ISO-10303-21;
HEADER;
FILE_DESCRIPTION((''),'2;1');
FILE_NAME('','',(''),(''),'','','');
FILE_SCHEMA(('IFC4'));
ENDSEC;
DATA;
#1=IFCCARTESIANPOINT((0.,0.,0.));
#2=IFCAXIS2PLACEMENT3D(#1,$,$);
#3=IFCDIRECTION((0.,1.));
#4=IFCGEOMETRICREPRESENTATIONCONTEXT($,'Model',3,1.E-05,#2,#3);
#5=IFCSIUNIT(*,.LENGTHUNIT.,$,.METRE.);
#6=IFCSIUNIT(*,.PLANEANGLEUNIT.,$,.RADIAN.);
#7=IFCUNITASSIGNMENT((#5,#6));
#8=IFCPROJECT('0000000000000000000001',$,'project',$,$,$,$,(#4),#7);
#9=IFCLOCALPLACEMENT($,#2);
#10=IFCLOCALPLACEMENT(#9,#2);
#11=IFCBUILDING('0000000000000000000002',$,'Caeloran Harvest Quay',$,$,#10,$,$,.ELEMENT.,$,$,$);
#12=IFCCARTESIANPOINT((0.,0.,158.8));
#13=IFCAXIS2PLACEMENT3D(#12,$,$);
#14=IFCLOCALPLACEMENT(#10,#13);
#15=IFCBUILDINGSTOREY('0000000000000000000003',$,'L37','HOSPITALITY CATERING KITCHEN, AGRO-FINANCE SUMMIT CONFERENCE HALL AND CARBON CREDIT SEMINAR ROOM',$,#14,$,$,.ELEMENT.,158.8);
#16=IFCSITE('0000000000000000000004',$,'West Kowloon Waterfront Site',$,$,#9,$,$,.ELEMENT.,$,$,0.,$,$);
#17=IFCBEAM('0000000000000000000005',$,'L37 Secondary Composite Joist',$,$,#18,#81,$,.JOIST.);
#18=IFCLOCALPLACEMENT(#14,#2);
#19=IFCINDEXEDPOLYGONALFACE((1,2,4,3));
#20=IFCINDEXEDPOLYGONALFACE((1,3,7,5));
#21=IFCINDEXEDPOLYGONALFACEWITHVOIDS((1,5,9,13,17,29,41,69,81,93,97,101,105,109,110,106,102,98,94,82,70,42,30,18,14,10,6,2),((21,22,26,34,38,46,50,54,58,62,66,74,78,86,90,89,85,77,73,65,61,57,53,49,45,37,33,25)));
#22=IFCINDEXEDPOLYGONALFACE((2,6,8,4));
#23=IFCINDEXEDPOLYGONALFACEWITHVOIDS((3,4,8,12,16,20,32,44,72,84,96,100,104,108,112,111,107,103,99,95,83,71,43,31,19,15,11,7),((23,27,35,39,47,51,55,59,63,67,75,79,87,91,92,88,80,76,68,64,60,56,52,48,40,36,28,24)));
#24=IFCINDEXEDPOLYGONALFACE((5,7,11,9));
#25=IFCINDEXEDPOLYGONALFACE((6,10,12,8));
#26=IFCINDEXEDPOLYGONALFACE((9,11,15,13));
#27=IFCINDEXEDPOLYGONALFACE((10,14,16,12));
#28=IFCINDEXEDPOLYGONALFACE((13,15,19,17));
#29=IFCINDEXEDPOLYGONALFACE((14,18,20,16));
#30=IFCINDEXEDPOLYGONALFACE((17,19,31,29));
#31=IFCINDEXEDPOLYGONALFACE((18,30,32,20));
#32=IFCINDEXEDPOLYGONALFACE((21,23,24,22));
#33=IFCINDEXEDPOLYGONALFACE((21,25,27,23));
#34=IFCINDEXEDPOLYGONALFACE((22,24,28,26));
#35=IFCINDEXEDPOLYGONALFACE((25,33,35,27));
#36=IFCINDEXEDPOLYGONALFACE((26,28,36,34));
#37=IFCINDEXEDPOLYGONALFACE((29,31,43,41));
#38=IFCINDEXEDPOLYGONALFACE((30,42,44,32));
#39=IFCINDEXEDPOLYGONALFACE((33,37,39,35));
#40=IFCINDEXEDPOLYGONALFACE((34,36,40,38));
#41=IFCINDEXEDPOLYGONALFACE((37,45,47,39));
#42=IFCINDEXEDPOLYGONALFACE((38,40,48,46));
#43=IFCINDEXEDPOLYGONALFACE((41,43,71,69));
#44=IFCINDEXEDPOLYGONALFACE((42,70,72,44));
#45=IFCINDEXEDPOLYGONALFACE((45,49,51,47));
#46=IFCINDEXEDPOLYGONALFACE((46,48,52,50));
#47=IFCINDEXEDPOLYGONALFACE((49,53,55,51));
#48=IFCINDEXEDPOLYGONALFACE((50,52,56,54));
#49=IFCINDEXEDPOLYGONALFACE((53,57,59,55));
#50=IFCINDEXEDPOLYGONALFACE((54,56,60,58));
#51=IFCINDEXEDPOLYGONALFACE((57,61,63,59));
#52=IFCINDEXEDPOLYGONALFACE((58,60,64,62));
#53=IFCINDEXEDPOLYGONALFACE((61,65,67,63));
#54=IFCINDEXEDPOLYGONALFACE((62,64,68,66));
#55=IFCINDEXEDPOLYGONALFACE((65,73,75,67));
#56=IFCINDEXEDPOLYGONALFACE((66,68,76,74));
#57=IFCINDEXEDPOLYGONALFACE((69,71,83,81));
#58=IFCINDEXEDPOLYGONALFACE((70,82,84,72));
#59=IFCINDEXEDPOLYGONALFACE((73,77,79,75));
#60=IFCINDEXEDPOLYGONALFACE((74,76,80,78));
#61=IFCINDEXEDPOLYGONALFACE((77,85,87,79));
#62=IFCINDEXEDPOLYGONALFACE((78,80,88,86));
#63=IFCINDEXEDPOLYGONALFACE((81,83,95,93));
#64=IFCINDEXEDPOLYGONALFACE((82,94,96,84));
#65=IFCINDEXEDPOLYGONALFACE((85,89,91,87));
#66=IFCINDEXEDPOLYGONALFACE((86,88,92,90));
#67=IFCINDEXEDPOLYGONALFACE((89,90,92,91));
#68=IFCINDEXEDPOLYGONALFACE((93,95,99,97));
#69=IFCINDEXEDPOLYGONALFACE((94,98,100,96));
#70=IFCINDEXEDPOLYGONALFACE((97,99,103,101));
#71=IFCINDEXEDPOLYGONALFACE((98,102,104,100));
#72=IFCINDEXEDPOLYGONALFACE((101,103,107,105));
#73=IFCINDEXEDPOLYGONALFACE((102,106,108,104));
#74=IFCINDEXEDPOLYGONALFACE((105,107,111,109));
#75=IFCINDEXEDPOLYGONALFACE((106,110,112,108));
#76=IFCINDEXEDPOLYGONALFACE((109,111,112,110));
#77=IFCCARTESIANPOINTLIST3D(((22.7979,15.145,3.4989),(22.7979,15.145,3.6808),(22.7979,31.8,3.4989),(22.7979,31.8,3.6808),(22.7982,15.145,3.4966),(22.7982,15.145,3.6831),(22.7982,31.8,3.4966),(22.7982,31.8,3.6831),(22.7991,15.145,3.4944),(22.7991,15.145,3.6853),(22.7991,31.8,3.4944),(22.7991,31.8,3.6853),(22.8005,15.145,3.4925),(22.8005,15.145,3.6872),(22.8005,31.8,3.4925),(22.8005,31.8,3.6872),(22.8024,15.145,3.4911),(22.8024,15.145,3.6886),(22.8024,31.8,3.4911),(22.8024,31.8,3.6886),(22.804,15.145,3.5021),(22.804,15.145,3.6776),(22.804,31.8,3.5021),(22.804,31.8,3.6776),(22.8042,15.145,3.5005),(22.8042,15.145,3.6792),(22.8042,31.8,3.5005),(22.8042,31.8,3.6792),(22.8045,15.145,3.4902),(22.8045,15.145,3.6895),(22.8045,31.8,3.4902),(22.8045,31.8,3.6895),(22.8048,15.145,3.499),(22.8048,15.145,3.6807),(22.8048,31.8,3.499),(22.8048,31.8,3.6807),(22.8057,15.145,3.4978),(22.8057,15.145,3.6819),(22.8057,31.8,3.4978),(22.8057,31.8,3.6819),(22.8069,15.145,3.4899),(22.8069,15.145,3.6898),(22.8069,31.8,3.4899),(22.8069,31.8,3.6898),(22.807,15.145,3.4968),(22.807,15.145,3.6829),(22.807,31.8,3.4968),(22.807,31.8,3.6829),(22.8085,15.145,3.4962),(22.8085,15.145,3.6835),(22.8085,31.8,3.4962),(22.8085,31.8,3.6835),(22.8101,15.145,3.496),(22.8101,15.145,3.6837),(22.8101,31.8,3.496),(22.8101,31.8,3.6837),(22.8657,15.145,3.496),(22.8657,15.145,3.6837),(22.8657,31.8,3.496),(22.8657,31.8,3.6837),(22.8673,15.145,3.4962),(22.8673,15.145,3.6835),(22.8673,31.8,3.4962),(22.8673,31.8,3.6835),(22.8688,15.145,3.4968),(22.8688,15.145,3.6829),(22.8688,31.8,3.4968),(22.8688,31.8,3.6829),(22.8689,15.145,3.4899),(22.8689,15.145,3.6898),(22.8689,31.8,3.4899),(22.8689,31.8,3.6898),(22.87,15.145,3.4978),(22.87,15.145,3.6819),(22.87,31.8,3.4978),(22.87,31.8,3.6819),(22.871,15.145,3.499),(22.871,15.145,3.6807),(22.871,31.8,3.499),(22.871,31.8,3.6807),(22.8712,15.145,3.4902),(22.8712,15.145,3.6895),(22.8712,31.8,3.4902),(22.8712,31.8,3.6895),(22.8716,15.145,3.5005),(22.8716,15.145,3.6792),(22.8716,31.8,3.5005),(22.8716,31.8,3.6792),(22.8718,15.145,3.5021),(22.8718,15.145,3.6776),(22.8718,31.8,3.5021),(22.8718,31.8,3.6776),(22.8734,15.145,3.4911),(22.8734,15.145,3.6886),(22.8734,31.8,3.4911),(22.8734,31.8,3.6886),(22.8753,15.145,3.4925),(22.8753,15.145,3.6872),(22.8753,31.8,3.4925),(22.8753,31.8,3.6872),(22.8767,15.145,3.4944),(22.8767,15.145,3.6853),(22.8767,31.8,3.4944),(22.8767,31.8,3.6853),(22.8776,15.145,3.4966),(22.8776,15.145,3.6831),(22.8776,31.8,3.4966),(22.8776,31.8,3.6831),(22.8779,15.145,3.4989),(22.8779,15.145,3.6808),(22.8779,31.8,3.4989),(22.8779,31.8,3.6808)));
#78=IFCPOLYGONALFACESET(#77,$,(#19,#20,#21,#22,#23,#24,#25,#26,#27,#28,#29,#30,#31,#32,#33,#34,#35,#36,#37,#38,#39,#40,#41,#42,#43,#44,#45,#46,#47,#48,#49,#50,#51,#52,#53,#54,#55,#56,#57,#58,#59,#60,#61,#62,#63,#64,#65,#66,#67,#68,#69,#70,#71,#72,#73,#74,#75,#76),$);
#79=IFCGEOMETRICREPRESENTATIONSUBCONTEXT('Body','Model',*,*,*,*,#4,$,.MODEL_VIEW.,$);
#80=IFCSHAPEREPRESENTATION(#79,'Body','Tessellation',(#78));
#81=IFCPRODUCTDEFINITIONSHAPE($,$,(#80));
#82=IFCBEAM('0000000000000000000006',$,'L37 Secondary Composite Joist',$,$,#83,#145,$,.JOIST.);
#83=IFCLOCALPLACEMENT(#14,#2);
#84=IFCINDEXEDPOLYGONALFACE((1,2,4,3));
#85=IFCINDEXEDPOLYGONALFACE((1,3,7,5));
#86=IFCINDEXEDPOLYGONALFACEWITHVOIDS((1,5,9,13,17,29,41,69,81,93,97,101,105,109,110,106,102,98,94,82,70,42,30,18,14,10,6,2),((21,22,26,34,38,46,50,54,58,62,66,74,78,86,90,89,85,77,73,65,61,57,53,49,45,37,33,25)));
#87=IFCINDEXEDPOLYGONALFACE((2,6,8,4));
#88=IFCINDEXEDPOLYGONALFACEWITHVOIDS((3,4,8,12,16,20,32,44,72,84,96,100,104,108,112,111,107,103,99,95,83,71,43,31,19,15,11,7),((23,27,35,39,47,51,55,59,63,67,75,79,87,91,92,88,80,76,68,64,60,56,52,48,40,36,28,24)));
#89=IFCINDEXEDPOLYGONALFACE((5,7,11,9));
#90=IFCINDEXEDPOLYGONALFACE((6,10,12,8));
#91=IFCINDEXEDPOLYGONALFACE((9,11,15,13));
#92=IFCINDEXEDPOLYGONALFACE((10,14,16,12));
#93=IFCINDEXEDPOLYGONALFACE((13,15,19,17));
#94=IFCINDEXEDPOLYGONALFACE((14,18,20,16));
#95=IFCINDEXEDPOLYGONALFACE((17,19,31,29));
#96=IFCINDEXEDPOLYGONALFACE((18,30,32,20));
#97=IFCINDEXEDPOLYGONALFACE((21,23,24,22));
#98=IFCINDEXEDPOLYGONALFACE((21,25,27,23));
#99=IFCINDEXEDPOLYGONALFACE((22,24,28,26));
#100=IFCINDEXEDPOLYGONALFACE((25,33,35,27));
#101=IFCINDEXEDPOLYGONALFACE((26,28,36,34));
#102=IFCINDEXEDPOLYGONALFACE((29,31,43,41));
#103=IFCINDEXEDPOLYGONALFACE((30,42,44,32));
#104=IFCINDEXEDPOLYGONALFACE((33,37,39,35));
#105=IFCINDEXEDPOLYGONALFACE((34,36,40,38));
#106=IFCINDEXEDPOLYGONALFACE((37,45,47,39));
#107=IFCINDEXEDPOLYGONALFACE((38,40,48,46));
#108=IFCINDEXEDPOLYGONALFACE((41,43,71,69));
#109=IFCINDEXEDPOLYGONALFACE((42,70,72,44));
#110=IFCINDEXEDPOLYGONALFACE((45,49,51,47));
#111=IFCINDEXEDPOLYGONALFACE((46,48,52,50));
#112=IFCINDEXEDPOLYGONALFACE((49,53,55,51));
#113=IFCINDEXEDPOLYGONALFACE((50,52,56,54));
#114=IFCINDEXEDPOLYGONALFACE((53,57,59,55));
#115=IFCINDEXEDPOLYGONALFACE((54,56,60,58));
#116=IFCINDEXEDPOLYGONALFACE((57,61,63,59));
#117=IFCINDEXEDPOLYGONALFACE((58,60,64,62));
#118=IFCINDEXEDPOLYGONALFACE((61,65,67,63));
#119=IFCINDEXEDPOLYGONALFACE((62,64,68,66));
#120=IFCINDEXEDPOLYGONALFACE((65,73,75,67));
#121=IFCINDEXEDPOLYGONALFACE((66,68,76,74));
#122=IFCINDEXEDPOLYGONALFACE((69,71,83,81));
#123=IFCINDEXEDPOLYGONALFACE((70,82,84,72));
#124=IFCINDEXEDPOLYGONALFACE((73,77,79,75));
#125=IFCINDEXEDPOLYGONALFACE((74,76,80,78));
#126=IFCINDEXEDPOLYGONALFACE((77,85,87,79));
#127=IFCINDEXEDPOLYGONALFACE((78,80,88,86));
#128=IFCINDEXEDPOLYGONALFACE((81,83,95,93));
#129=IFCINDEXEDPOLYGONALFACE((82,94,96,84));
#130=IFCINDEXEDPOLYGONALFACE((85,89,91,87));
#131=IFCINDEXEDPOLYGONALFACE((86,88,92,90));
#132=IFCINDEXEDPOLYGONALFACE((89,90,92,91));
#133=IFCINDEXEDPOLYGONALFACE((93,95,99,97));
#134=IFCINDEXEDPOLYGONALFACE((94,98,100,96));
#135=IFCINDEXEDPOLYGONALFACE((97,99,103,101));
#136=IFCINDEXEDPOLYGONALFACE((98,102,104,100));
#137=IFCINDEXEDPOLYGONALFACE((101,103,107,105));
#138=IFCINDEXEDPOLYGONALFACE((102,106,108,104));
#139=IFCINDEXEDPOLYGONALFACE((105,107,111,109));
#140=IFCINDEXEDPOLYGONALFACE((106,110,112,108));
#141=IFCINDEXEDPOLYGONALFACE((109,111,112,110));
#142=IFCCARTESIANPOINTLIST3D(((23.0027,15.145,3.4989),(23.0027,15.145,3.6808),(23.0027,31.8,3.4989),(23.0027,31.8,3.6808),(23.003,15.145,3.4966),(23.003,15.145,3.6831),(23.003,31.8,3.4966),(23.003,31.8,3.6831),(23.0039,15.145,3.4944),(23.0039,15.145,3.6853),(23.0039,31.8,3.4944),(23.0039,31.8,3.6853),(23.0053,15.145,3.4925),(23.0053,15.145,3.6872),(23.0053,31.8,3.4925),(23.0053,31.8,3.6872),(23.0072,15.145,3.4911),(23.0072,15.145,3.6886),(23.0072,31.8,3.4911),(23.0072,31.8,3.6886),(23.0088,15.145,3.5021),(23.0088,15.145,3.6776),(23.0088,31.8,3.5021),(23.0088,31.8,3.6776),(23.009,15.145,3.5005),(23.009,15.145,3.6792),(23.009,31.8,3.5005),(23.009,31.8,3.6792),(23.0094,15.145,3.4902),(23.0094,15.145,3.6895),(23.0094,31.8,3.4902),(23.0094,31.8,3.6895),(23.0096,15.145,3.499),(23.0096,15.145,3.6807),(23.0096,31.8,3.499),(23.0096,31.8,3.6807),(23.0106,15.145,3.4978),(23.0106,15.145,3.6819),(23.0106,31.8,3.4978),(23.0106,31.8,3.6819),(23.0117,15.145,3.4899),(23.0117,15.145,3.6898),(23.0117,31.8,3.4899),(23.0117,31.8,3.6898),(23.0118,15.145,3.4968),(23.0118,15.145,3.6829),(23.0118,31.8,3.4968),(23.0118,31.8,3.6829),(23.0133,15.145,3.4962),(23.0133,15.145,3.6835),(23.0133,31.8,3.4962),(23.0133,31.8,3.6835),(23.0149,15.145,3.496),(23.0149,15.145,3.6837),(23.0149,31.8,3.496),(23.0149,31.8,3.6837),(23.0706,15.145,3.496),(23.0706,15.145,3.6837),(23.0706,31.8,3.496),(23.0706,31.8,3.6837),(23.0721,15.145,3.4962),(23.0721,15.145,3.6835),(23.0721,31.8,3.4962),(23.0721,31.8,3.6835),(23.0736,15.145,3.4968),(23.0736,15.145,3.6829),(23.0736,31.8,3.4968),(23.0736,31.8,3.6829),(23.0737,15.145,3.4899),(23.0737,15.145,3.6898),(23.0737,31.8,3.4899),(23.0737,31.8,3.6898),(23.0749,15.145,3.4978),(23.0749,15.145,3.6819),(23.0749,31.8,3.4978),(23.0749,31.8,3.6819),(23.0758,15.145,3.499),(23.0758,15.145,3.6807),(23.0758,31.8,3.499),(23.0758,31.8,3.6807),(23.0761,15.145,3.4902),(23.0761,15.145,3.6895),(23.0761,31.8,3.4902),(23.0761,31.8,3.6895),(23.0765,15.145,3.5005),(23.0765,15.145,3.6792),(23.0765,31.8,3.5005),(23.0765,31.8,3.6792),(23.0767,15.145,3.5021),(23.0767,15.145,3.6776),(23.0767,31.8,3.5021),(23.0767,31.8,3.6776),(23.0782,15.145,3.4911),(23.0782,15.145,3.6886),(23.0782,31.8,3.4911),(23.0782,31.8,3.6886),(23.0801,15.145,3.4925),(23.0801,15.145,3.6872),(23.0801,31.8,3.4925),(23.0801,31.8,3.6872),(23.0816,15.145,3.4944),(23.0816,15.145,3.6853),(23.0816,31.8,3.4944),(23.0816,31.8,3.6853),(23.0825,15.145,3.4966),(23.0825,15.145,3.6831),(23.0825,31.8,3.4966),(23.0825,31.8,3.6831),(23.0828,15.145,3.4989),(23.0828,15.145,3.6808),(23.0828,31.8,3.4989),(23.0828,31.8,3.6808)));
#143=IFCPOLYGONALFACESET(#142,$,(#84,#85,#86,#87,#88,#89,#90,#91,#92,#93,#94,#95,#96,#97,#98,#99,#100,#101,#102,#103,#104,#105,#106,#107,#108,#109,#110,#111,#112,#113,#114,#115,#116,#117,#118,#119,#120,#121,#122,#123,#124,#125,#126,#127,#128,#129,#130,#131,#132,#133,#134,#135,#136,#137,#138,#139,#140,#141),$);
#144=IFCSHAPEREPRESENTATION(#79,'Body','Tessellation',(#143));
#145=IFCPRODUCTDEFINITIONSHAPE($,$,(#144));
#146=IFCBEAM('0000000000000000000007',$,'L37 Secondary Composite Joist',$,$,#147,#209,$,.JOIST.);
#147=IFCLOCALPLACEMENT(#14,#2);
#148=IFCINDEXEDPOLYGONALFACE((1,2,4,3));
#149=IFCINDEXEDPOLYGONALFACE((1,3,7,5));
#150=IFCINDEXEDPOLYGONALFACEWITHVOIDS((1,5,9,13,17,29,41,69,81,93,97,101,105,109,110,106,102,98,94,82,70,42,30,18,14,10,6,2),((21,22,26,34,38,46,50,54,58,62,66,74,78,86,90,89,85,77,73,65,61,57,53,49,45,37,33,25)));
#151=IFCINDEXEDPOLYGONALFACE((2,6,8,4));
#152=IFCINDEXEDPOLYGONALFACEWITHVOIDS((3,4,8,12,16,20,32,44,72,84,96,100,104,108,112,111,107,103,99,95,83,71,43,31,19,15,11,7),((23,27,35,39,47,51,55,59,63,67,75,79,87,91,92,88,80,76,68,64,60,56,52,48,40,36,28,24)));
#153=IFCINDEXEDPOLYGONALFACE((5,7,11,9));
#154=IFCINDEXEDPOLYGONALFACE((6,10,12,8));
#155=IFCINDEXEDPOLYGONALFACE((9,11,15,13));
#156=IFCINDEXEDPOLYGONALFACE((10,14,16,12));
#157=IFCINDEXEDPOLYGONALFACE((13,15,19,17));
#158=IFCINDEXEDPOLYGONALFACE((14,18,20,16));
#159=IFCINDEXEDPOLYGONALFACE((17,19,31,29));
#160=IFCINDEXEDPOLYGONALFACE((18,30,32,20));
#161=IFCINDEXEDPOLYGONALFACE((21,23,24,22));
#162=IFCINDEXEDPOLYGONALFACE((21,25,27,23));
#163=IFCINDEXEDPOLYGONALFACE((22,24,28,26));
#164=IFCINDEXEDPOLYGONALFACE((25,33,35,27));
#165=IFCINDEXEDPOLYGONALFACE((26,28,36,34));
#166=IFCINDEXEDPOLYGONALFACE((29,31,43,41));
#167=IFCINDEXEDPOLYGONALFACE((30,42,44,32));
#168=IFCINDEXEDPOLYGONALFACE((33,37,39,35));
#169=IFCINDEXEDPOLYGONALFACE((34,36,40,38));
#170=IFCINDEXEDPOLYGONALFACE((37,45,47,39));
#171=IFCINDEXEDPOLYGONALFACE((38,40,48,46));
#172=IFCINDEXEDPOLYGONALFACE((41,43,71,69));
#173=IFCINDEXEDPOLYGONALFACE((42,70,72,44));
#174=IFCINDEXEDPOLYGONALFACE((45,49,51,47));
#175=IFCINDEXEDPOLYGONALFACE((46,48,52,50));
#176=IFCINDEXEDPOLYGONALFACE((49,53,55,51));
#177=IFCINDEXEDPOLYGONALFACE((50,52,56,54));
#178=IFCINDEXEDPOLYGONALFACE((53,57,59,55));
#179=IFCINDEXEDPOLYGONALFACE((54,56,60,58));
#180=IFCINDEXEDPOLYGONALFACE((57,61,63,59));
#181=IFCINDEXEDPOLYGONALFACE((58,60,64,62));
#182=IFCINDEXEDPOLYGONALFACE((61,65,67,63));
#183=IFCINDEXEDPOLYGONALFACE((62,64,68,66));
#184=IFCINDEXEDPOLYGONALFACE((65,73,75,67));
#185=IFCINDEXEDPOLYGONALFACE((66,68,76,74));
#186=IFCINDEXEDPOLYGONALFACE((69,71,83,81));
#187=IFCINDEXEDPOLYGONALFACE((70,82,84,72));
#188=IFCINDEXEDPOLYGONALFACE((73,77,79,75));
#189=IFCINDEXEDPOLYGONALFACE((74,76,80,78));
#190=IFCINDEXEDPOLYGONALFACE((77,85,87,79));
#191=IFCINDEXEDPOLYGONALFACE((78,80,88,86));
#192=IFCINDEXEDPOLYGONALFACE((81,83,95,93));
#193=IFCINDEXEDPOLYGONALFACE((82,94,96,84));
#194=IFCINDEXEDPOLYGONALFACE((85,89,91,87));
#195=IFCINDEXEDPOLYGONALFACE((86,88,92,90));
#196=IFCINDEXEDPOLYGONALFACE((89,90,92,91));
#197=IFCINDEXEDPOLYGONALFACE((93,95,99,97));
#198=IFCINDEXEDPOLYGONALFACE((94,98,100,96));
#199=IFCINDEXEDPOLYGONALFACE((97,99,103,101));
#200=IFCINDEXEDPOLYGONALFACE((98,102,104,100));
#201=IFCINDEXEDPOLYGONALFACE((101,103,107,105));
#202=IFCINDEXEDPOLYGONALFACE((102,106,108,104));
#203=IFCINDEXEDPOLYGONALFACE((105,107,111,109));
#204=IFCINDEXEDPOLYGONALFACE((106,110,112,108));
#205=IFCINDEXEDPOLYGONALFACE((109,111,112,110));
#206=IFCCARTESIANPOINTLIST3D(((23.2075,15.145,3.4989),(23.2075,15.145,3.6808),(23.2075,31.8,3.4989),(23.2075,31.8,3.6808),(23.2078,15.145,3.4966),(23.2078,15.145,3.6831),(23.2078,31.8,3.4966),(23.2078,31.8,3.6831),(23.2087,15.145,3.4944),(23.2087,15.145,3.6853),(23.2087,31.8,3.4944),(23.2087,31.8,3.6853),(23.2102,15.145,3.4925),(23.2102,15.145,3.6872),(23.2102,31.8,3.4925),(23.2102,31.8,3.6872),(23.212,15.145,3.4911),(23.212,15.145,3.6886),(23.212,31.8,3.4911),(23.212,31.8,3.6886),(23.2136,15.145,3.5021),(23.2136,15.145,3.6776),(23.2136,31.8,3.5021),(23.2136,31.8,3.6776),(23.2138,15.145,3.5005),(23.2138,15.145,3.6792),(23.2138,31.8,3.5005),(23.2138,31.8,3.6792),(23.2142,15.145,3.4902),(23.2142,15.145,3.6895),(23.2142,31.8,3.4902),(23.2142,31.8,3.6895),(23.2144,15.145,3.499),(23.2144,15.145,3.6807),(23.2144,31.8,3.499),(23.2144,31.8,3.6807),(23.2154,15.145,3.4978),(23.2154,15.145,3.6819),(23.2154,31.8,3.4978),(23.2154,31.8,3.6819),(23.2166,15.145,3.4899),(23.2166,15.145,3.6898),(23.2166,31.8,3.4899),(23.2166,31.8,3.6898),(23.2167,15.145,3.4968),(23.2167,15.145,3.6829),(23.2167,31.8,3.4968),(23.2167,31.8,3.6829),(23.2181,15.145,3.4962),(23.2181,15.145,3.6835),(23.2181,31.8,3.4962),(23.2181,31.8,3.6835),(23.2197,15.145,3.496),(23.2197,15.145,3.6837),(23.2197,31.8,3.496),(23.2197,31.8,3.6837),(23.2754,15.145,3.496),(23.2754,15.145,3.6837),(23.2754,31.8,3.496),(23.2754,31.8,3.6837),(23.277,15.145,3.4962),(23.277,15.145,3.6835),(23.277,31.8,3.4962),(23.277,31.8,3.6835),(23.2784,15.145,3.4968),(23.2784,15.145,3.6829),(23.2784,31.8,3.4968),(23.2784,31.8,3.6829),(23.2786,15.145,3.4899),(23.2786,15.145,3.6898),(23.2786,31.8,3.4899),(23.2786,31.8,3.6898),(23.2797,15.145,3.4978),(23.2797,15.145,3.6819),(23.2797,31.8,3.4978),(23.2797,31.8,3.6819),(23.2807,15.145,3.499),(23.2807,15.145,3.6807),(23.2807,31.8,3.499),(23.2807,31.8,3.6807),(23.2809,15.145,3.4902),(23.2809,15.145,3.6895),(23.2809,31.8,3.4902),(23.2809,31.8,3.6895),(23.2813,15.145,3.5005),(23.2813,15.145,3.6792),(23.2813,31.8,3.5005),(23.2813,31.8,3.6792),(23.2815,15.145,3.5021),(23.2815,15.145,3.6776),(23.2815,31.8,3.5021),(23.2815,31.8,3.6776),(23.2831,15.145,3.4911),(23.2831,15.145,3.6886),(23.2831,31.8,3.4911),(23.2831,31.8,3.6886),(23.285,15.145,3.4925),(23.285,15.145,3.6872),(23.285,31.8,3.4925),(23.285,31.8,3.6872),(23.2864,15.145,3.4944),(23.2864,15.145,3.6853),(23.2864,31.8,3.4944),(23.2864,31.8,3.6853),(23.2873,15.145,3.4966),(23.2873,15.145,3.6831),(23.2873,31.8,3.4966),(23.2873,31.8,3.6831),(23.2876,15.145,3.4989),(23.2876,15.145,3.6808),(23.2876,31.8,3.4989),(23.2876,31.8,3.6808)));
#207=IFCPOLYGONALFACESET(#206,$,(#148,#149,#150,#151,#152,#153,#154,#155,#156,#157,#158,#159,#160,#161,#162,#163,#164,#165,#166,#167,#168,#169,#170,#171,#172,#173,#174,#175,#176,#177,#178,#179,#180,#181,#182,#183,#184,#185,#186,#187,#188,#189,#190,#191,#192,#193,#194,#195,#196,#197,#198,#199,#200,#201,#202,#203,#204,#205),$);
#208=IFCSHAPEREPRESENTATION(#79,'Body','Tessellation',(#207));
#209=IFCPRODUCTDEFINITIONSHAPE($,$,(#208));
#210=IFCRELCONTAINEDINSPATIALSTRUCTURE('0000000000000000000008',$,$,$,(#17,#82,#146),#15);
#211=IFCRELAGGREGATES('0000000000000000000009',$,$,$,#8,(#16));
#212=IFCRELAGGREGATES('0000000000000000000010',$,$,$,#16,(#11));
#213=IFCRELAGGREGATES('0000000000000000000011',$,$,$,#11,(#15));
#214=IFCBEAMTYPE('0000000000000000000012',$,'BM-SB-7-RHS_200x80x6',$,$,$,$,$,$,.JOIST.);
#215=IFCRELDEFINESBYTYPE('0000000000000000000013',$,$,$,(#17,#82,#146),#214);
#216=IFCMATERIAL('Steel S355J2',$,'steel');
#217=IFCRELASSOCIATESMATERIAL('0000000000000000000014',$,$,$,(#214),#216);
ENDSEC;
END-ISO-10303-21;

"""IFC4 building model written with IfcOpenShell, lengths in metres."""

from ifc_helpers import new_model, si_unit, direction, frame, origin, origin_2d, place, context, subcontext, project, spatial, hollow_rectangle, extrude, material, material_profile, profile_set, type_object, element, save


model = new_model("IFC4")

# Units and contexts
model_context = context("Model", 3, precision=1e-05, world=origin(), true_north=direction((0.0, 1.0)))
body_context = subcontext(model_context, "Body", "Model", "MODEL_VIEW")
ifc_project = project(units=[si_unit("LENGTHUNIT", "METRE"), si_unit("PLANEANGLEUNIT", "RADIAN")], contexts=[model_context])

# Site, building, storey
site_placement = place(None, origin())
site = spatial("IfcSite", under=ifc_project, at=site_placement, Name="West Kowloon Waterfront Site", CompositionType="ELEMENT", RefElevation=0.0)
building_placement = place(site_placement, origin())
building = spatial("IfcBuilding", under=site, at=building_placement, Name="Caeloran Harvest Quay", CompositionType="ELEMENT")
storey_placement = place(building_placement, frame((0.0, 0.0, 158.8)))
storey = spatial("IfcBuildingStorey", under=building, at=storey_placement, Name="L37", Description="HOSPITALITY CATERING KITCHEN, AGRO-FINANCE SUMMIT CONFERENCE HALL AND CARBON CREDIT SEMINAR ROOM", CompositionType="ELEMENT", Elevation=158.8)

# Beams
ifc_material_1 = material(Name="Steel S355J2", Category="steel")
ifc_material_profile_1 = material_profile(ifc_material_1, hollow_rectangle(XDim=0.0801, YDim=0.2, WallThickness=0.0061, InnerFilletRadius=0.0061, OuterFilletRadius=0.009, at=origin_2d()), Name="RHS 200x80x6")
ifc_profile_set_1 = profile_set([ifc_material_profile_1], Name="Steel S355J2")
beam_type_1 = type_object("IfcBeamType", Name="BM-SB-7-RHS_200x80x6", PredefinedType="JOIST", material=ifc_profile_set_1)
for number, where, z_axis, x_axis, name in (
    (1, (22.8379, 15.145, 3.5898), (0.0, 1.0, 0.0), (-1.0, 0.0, 0.0), "L37 Secondary Composite Joist"),
    (2, (23.0427, 15.145, 3.5898), (0.0, 1.0, 0.0), (-1.0, 0.0, 0.0), "L37 Secondary Composite Joist"),
    (3, (23.2476, 15.145, 3.5898), (0.0, 1.0, 0.0), (-1.0, 0.0, 0.0), "L37 Secondary Composite Joist"),
):
    element("IfcBeam", number, at=place(storey_placement, frame(where, z_axis=z_axis, x_axis=x_axis)), inside=storey, type_object=beam_type_1, Name=name, PredefinedType="JOIST", context=body_context, shape_type="SweptSolid", body=[
        extrude(hollow_rectangle(XDim=0.0801, YDim=0.2, WallThickness=0.0061, InnerFilletRadius=0.0061, OuterFilletRadius=0.009, at=origin_2d()), origin(), (0.0, 0.0, 1.0), 16.655),
    ])

save(model, "model.ifc")
